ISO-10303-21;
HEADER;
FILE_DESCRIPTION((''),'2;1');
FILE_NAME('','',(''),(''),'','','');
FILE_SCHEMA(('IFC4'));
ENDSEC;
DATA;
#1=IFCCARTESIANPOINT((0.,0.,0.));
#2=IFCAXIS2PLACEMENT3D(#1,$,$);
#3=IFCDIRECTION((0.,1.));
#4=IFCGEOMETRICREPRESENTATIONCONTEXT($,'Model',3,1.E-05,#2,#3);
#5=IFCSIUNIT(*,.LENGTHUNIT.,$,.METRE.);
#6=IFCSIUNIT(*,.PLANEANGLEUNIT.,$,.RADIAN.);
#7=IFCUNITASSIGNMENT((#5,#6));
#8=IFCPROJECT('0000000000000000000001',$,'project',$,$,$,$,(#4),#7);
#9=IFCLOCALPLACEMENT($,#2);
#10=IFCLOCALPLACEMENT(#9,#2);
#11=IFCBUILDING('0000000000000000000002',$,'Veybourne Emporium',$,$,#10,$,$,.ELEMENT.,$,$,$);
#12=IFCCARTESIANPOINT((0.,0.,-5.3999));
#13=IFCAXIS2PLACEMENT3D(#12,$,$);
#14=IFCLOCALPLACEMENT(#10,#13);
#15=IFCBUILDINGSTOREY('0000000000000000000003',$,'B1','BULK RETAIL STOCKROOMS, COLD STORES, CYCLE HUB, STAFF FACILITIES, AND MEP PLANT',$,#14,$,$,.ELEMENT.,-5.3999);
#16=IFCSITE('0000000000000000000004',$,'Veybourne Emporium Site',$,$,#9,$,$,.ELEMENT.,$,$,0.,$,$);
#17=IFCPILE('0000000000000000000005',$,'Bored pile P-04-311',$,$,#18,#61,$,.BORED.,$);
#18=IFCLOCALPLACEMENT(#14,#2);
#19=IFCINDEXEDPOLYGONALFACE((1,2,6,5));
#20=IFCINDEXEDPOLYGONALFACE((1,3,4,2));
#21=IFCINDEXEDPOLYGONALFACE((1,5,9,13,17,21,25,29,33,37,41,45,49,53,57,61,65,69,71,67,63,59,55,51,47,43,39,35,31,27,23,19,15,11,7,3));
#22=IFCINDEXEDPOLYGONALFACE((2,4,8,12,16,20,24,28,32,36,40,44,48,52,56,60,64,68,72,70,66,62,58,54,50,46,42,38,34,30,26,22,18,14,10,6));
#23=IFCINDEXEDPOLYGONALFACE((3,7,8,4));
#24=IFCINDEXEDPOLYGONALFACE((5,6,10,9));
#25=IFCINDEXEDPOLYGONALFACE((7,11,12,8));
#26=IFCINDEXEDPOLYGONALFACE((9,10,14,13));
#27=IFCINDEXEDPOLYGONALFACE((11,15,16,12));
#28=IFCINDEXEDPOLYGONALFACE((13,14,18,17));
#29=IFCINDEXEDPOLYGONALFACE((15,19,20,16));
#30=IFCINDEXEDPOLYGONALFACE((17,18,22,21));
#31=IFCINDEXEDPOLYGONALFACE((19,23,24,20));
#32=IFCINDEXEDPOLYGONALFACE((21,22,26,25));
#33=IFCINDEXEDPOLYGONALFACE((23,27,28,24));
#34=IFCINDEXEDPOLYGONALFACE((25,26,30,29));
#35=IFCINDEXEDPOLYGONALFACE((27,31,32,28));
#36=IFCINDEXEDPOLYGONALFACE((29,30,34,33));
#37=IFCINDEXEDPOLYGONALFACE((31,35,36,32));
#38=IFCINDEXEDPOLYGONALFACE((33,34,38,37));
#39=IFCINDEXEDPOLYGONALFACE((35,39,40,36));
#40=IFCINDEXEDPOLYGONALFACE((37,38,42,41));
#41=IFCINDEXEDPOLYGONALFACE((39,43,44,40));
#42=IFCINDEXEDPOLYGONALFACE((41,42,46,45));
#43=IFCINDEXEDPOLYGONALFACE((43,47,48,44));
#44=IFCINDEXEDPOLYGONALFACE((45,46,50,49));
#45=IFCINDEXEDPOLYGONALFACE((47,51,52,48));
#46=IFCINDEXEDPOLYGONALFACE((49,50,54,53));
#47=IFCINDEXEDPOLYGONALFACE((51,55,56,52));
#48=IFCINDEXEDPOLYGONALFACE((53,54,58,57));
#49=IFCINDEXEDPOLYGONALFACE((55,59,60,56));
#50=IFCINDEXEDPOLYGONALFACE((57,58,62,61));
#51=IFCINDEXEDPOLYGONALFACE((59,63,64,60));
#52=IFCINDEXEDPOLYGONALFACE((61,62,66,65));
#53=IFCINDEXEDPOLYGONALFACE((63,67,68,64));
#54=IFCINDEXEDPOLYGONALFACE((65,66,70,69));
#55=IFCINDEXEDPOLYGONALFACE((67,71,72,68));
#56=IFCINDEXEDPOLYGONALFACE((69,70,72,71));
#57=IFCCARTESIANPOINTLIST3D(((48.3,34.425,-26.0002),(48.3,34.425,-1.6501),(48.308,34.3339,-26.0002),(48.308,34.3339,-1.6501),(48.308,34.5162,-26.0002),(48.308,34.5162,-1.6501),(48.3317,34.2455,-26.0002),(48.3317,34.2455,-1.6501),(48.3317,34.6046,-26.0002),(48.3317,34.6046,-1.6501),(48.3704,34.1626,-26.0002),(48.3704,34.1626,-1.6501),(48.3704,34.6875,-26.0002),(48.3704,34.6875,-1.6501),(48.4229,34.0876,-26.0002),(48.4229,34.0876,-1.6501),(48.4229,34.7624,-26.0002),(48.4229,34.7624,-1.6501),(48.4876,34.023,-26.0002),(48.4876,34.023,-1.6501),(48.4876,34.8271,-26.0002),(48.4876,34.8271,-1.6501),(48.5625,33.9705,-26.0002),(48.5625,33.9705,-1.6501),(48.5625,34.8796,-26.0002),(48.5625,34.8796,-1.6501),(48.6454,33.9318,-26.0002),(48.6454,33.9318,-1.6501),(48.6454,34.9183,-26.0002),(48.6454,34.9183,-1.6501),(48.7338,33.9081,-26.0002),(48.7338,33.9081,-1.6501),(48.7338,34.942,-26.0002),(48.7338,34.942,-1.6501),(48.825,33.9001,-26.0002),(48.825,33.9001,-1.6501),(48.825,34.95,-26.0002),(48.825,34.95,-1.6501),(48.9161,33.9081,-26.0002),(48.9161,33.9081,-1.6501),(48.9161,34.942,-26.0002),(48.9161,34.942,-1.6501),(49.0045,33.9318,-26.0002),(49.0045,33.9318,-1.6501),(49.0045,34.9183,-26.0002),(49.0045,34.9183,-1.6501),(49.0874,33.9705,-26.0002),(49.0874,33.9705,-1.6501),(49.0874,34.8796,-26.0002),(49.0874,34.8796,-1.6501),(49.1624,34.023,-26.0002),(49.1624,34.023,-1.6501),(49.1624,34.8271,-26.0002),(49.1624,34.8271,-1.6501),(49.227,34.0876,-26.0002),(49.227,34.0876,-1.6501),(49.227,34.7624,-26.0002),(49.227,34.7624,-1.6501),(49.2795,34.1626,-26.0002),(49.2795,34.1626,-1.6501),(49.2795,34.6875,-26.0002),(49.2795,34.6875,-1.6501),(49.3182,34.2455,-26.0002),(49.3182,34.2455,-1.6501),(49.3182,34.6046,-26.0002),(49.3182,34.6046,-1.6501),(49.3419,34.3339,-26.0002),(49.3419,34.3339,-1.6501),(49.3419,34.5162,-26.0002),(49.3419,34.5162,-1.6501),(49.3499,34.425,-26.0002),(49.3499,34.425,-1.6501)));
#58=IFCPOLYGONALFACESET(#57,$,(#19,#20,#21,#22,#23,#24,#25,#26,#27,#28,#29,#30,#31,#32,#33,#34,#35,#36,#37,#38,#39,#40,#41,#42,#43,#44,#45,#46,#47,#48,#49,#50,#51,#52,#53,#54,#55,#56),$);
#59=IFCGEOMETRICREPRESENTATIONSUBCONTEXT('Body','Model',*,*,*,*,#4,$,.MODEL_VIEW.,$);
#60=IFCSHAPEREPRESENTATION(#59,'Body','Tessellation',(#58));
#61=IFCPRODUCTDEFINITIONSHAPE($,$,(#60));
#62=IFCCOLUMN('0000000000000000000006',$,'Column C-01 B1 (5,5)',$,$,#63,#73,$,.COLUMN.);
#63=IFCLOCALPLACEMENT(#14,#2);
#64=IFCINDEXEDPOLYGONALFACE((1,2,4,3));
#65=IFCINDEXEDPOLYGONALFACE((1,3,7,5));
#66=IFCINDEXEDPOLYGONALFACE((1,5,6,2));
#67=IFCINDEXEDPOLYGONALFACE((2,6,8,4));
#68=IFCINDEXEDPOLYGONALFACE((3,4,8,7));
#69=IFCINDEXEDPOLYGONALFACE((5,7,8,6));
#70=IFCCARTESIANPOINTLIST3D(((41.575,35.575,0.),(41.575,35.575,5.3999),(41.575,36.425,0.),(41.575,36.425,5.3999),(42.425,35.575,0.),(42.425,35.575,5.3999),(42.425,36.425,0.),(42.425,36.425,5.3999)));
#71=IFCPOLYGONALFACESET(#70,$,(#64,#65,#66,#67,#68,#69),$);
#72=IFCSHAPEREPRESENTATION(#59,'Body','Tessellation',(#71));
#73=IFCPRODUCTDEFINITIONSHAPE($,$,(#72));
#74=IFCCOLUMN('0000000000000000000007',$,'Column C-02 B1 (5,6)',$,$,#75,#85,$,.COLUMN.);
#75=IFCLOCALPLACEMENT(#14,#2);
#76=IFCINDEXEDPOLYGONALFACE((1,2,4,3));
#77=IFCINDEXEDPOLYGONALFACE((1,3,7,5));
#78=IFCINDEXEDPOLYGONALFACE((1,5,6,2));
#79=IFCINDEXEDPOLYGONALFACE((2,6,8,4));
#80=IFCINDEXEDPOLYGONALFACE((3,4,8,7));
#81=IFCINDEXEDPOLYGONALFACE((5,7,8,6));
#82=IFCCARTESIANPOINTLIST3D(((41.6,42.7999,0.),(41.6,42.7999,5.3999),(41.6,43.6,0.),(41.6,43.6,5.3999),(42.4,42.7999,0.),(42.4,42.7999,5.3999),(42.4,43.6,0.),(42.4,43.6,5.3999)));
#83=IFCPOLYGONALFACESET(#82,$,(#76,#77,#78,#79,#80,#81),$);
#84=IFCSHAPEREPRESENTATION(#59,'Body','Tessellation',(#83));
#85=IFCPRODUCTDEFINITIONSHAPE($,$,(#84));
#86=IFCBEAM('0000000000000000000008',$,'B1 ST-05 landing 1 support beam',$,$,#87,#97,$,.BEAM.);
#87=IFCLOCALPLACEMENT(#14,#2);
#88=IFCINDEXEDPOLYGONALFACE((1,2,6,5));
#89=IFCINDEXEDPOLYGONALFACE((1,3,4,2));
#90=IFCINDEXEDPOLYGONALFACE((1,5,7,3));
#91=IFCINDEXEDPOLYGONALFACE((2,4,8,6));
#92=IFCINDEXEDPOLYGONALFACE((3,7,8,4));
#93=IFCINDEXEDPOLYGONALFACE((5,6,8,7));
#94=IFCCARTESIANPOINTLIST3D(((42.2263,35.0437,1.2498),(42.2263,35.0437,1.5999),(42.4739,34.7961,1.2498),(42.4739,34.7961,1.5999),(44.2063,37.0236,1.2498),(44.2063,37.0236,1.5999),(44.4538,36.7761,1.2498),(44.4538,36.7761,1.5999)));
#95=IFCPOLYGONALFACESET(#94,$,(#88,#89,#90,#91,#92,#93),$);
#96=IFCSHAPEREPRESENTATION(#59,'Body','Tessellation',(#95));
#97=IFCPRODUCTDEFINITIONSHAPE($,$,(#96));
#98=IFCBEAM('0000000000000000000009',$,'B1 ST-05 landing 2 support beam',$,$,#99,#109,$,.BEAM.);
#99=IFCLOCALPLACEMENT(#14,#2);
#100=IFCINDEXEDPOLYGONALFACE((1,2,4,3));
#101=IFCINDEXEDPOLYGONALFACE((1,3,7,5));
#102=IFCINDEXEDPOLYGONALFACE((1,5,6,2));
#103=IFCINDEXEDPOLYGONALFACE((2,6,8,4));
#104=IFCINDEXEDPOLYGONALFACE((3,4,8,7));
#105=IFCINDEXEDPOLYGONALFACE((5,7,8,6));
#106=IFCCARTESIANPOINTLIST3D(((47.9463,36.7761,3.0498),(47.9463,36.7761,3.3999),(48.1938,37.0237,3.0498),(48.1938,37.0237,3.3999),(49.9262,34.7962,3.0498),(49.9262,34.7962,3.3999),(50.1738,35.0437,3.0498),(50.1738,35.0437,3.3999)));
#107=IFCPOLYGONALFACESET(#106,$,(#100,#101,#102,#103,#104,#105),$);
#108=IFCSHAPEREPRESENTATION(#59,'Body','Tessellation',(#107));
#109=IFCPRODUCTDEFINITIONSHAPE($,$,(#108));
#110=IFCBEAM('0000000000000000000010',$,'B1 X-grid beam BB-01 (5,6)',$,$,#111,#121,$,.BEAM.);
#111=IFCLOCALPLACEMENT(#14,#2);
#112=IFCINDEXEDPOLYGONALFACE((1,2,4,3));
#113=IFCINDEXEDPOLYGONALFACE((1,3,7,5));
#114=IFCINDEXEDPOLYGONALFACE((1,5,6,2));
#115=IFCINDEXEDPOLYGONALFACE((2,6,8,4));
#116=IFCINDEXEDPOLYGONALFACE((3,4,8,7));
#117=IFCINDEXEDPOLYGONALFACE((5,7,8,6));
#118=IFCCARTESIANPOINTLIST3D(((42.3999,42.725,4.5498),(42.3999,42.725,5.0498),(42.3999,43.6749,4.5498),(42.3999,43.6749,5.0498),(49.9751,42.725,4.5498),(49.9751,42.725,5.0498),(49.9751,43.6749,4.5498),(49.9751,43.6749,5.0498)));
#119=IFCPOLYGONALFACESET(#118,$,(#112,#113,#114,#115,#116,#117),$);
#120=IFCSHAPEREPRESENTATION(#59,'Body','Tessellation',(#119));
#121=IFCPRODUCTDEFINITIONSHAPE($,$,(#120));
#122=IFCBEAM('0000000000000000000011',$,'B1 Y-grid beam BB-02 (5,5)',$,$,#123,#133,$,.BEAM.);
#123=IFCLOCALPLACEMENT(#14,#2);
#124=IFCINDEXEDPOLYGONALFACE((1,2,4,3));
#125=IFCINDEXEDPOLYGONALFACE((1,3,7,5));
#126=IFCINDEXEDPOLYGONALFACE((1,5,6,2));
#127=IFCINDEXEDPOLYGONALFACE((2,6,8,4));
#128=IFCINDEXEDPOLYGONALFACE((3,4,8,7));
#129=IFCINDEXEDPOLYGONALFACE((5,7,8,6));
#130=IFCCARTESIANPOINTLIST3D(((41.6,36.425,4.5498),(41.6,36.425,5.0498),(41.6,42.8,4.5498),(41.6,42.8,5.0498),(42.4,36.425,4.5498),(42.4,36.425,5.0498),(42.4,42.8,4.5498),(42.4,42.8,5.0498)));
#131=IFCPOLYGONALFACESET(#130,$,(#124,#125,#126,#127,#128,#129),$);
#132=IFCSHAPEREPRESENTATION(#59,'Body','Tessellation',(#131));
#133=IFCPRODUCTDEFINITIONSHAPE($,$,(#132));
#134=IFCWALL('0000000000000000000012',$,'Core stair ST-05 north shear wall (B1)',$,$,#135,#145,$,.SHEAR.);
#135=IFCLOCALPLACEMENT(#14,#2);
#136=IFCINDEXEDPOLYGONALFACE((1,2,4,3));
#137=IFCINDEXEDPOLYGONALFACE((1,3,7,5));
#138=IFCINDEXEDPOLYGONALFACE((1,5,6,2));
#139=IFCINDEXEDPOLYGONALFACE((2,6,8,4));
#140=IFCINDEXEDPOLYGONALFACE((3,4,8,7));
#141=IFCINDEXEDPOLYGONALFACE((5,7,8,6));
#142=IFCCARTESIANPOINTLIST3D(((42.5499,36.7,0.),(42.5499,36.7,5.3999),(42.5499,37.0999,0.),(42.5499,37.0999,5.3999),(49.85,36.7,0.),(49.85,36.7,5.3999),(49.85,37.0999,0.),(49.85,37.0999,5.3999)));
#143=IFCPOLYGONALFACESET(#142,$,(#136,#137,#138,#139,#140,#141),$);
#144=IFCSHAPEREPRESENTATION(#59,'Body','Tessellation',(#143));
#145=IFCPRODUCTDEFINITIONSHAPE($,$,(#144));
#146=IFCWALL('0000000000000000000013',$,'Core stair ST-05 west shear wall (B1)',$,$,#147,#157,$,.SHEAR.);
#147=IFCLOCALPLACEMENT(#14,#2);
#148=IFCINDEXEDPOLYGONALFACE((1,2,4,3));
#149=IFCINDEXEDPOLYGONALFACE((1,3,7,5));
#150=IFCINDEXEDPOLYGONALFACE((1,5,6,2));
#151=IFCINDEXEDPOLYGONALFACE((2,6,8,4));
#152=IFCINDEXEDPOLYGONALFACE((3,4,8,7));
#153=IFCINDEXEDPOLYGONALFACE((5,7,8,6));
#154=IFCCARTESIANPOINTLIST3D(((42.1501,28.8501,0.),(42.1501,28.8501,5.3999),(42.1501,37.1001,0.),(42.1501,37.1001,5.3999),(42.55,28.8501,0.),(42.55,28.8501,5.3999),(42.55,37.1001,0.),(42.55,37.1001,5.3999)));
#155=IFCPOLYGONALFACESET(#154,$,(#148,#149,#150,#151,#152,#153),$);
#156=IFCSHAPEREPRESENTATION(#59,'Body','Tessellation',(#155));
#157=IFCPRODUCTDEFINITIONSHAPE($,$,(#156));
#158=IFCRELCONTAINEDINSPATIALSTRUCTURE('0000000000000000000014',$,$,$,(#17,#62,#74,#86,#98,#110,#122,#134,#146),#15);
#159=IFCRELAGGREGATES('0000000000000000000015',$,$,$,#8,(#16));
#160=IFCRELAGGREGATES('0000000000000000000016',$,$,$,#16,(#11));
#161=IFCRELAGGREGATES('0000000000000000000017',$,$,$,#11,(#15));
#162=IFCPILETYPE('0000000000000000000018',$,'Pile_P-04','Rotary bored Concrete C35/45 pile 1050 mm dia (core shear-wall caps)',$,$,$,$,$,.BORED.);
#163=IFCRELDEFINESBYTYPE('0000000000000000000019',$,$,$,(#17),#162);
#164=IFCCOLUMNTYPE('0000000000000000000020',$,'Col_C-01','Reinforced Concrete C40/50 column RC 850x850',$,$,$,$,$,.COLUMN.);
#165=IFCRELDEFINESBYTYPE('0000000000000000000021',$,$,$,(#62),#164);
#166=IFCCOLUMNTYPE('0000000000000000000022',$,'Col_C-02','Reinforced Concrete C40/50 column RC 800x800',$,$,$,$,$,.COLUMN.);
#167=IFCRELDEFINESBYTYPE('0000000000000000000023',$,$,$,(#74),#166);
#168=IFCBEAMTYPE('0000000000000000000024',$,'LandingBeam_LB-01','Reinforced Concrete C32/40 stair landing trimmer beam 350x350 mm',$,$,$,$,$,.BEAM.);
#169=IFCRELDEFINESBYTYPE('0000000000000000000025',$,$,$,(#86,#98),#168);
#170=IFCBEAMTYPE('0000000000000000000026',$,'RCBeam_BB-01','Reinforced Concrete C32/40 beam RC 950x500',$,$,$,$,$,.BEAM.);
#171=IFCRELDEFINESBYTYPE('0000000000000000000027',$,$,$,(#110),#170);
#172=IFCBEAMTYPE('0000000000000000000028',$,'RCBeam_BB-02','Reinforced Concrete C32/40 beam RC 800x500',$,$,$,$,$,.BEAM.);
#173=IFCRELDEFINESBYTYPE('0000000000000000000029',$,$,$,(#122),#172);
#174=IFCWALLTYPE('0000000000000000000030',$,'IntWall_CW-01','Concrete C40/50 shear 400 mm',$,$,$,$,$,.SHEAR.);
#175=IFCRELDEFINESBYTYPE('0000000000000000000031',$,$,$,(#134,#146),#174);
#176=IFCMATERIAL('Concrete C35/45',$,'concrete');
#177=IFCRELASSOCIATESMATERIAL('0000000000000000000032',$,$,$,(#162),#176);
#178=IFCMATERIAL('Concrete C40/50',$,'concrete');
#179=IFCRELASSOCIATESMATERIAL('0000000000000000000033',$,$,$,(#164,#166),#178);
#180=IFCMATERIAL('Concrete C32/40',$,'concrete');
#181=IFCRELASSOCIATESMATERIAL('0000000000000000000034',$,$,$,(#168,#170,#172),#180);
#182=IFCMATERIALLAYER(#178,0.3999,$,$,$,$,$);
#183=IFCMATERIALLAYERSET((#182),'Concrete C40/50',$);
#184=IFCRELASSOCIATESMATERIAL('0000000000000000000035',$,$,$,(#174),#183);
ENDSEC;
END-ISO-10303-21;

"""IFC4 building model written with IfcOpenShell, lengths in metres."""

from ifc_helpers import new_model, si_unit, direction, frame, frame_2d, origin, origin_2d, place, context, subcontext, project, spatial, rectangle, circle, extrude, material, layer, layer_set, material_profile, profile_set, type_object, element, save


model = new_model("IFC4")

# Units and contexts
model_context = context("Model", 3, precision=1e-05, world=origin(), true_north=direction((0.0, 1.0)))
body_context = subcontext(model_context, "Body", "Model", "MODEL_VIEW")
ifc_project = project(units=[si_unit("LENGTHUNIT", "METRE"), si_unit("PLANEANGLEUNIT", "RADIAN")], contexts=[model_context])

# Site, building, storey
site_placement = place(None, origin())
site = spatial("IfcSite", under=ifc_project, at=site_placement, Name="Veybourne Emporium Site", CompositionType="ELEMENT", RefElevation=0.0)
building_placement = place(site_placement, origin())
building = spatial("IfcBuilding", under=site, at=building_placement, Name="Veybourne Emporium", CompositionType="ELEMENT")
storey_placement = place(building_placement, frame((0.0, 0.0, -5.3999)))
storey = spatial("IfcBuildingStorey", under=building, at=storey_placement, Name="B1", Description="BULK RETAIL STOCKROOMS, COLD STORES, CYCLE HUB, STAFF FACILITIES, AND MEP PLANT", CompositionType="ELEMENT", Elevation=-5.3999)

# Shared definitions
ifc_material_1 = material(Name="Concrete C35/45", Category="concrete")

# Pile
ifc_material_profile_1 = material_profile(ifc_material_1, circle(Radius=0.5249, at=origin_2d()), Name="BORED PILE 1050")
ifc_profile_set_1 = profile_set([ifc_material_profile_1], Name="Concrete C35/45")
pile_type = type_object("IfcPileType", Name="Pile_P-04", Description="Rotary bored Concrete C35/45 pile 1050 mm dia (core shear-wall caps)", PredefinedType="BORED", material=ifc_profile_set_1)
for number, where, z_axis, x_axis, name in (
    (1, (48.825, 34.425, -1.6501), (0.0, 0.0, -1.0), (1.0, 0.0, 0.0), "Bored pile P-04-311"),
):
    element("IfcPile", number, at=place(storey_placement, frame(where, z_axis=z_axis, x_axis=x_axis)), inside=storey, type_object=pile_type, Name=name, PredefinedType="BORED", context=body_context, shape_type="SweptSolid", body=[
        extrude(circle(Radius=0.5249, at=origin_2d()), origin(), (0.0, 0.0, 1.0), 24.3501),
    ])

# Columns
ifc_material_2 = material(Name="Concrete C40/50", Category="concrete")
ifc_material_profile_2 = material_profile(ifc_material_2, rectangle(XDim=0.8501, YDim=0.8501, at=origin_2d()), Name="RC 850x850")
ifc_profile_set_2 = profile_set([ifc_material_profile_2], Name="Concrete C40/50")
column_type_1 = type_object("IfcColumnType", Name="Col_C-01", Description="Reinforced Concrete C40/50 column RC 850x850", PredefinedType="COLUMN", material=ifc_profile_set_2)
column_1_placement = place(storey_placement, frame((42.0, 36.0, 0.0), z_axis=(0.0, 0.0, 1.0), x_axis=(1.0, 0.0, 0.0)))
element("IfcColumn", 2, at=column_1_placement, inside=storey, type_object=column_type_1, Name="Column C-01 B1 (5,5)", PredefinedType="COLUMN", context=body_context, shape_type="SweptSolid", body=[
    extrude(rectangle(XDim=0.8501, YDim=0.8501, at=origin_2d()), origin(), (0.0, 0.0, 1.0), 5.3999),
])
ifc_material_profile_3 = material_profile(ifc_material_2, rectangle(XDim=0.8, YDim=0.8, at=origin_2d()), Name="RC 800x800")
ifc_profile_set_3 = profile_set([ifc_material_profile_3], Name="Concrete C40/50")
column_type_2 = type_object("IfcColumnType", Name="Col_C-02", Description="Reinforced Concrete C40/50 column RC 800x800", PredefinedType="COLUMN", material=ifc_profile_set_3)
column_2_placement = place(storey_placement, frame((42.0, 43.2, 0.0), z_axis=(0.0, 0.0, 1.0), x_axis=(1.0, 0.0, 0.0)))
element("IfcColumn", 3, at=column_2_placement, inside=storey, type_object=column_type_2, Name="Column C-02 B1 (5,6)", PredefinedType="COLUMN", context=body_context, shape_type="SweptSolid", body=[
    extrude(rectangle(XDim=0.8, YDim=0.8, at=origin_2d()), origin(), (0.0, 0.0, 1.0), 5.3999),
])

# Beams
ifc_material_3 = material(Name="Concrete C32/40", Category="concrete")
ifc_material_profile_4 = material_profile(ifc_material_3, rectangle(XDim=0.3501, YDim=0.3501, at=origin_2d()), Name="RC 350x350")
ifc_profile_set_4 = profile_set([ifc_material_profile_4], Name="Concrete C32/40")
beam_type_1 = type_object("IfcBeamType", Name="LandingBeam_LB-01", Description="Reinforced Concrete C32/40 stair landing trimmer beam 350x350 mm", PredefinedType="BEAM", material=ifc_profile_set_4)
for number, where, z_axis, x_axis, name in (
    (4, (42.3501, 34.9199, 1.4248), (0.707107, 0.707107, 0.0), (-0.707107, 0.707107, 0.0), "B1 ST-05 landing 1 support beam"),
    (5, (48.0701, 36.8999, 3.2249), (0.707107, -0.707107, 0.0), (0.707107, 0.707107, 0.0), "B1 ST-05 landing 2 support beam"),
):
    element("IfcBeam", number, at=place(storey_placement, frame(where, z_axis=z_axis, x_axis=x_axis)), inside=storey, type_object=beam_type_1, Name=name, PredefinedType="BEAM", context=body_context, shape_type="SweptSolid", body=[
        extrude(rectangle(XDim=0.3501, YDim=0.3501, at=origin_2d()), origin(), (0.0, 0.0, 1.0), 2.8),
    ])
ifc_material_profile_5 = material_profile(ifc_material_3, rectangle(XDim=0.95, YDim=0.5, at=origin_2d()), Name="RC 950x500")
ifc_profile_set_5 = profile_set([ifc_material_profile_5], Name="Concrete C32/40")
beam_type_2 = type_object("IfcBeamType", Name="RCBeam_BB-01", Description="Reinforced Concrete C32/40 beam RC 950x500", PredefinedType="BEAM", material=ifc_profile_set_5)
beam_1_placement = place(storey_placement, frame((42.3999, 43.2, 4.7998), z_axis=(1.0, 0.0, 0.0), x_axis=(0.0, 1.0, 0.0)))
element("IfcBeam", 6, at=beam_1_placement, inside=storey, type_object=beam_type_2, Name="B1 X-grid beam BB-01 (5,6)", PredefinedType="BEAM", context=body_context, shape_type="SweptSolid", body=[
    extrude(rectangle(XDim=0.95, YDim=0.5, at=origin_2d()), origin(), (0.0, 0.0, 1.0), 7.5752),
])
ifc_material_profile_6 = material_profile(ifc_material_3, rectangle(XDim=0.8, YDim=0.5, at=origin_2d()), Name="RC 800x500")
ifc_profile_set_6 = profile_set([ifc_material_profile_6], Name="Concrete C32/40")
beam_type_3 = type_object("IfcBeamType", Name="RCBeam_BB-02", Description="Reinforced Concrete C32/40 beam RC 800x500", PredefinedType="BEAM", material=ifc_profile_set_6)
beam_2_placement = place(storey_placement, frame((42.0, 36.425, 4.7998), z_axis=(0.0, 1.0, 0.0), x_axis=(-1.0, 0.0, 0.0)))
element("IfcBeam", 7, at=beam_2_placement, inside=storey, type_object=beam_type_3, Name="B1 Y-grid beam BB-02 (5,5)", PredefinedType="BEAM", context=body_context, shape_type="SweptSolid", body=[
    extrude(rectangle(XDim=0.8, YDim=0.5, at=origin_2d()), origin(), (0.0, 0.0, 1.0), 6.375),
])

# Walls
ifc_layer = layer(ifc_material_2, 0.3999)
ifc_layer_set = layer_set([ifc_layer], Name="Concrete C40/50")
wall_type = type_object("IfcWallType", Name="IntWall_CW-01", Description="Concrete C40/50 shear 400 mm", PredefinedType="SHEAR", material=ifc_layer_set)
wall_1_placement = place(storey_placement, frame((42.55, 36.8999, 0.0), z_axis=(0.0, 0.0, 1.0), x_axis=(1.0, 0.0, 0.0)))
element("IfcWall", 8, at=wall_1_placement, inside=storey, type_object=wall_type, Name="Core stair ST-05 north shear wall (B1)", PredefinedType="SHEAR", context=body_context, shape_type="SweptSolid", body=[
    extrude(rectangle(XDim=7.3, YDim=0.3999, at=frame_2d((3.6499, 0.0))), origin(), (0.0, 0.0, 1.0), 5.3999),
])
wall_2_placement = place(storey_placement, frame((42.3501, 37.1001, 0.0), z_axis=(0.0, 0.0, 1.0), x_axis=(0.0, -1.0, 0.0)))
element("IfcWall", 9, at=wall_2_placement, inside=storey, type_object=wall_type, Name="Core stair ST-05 west shear wall (B1)", PredefinedType="SHEAR", context=body_context, shape_type="SweptSolid", body=[
    extrude(rectangle(XDim=8.25, YDim=0.3999, at=frame_2d((4.125, 0.0))), origin(), (0.0, 0.0, 1.0), 5.3999),
])

save(model, "model.ifc")
